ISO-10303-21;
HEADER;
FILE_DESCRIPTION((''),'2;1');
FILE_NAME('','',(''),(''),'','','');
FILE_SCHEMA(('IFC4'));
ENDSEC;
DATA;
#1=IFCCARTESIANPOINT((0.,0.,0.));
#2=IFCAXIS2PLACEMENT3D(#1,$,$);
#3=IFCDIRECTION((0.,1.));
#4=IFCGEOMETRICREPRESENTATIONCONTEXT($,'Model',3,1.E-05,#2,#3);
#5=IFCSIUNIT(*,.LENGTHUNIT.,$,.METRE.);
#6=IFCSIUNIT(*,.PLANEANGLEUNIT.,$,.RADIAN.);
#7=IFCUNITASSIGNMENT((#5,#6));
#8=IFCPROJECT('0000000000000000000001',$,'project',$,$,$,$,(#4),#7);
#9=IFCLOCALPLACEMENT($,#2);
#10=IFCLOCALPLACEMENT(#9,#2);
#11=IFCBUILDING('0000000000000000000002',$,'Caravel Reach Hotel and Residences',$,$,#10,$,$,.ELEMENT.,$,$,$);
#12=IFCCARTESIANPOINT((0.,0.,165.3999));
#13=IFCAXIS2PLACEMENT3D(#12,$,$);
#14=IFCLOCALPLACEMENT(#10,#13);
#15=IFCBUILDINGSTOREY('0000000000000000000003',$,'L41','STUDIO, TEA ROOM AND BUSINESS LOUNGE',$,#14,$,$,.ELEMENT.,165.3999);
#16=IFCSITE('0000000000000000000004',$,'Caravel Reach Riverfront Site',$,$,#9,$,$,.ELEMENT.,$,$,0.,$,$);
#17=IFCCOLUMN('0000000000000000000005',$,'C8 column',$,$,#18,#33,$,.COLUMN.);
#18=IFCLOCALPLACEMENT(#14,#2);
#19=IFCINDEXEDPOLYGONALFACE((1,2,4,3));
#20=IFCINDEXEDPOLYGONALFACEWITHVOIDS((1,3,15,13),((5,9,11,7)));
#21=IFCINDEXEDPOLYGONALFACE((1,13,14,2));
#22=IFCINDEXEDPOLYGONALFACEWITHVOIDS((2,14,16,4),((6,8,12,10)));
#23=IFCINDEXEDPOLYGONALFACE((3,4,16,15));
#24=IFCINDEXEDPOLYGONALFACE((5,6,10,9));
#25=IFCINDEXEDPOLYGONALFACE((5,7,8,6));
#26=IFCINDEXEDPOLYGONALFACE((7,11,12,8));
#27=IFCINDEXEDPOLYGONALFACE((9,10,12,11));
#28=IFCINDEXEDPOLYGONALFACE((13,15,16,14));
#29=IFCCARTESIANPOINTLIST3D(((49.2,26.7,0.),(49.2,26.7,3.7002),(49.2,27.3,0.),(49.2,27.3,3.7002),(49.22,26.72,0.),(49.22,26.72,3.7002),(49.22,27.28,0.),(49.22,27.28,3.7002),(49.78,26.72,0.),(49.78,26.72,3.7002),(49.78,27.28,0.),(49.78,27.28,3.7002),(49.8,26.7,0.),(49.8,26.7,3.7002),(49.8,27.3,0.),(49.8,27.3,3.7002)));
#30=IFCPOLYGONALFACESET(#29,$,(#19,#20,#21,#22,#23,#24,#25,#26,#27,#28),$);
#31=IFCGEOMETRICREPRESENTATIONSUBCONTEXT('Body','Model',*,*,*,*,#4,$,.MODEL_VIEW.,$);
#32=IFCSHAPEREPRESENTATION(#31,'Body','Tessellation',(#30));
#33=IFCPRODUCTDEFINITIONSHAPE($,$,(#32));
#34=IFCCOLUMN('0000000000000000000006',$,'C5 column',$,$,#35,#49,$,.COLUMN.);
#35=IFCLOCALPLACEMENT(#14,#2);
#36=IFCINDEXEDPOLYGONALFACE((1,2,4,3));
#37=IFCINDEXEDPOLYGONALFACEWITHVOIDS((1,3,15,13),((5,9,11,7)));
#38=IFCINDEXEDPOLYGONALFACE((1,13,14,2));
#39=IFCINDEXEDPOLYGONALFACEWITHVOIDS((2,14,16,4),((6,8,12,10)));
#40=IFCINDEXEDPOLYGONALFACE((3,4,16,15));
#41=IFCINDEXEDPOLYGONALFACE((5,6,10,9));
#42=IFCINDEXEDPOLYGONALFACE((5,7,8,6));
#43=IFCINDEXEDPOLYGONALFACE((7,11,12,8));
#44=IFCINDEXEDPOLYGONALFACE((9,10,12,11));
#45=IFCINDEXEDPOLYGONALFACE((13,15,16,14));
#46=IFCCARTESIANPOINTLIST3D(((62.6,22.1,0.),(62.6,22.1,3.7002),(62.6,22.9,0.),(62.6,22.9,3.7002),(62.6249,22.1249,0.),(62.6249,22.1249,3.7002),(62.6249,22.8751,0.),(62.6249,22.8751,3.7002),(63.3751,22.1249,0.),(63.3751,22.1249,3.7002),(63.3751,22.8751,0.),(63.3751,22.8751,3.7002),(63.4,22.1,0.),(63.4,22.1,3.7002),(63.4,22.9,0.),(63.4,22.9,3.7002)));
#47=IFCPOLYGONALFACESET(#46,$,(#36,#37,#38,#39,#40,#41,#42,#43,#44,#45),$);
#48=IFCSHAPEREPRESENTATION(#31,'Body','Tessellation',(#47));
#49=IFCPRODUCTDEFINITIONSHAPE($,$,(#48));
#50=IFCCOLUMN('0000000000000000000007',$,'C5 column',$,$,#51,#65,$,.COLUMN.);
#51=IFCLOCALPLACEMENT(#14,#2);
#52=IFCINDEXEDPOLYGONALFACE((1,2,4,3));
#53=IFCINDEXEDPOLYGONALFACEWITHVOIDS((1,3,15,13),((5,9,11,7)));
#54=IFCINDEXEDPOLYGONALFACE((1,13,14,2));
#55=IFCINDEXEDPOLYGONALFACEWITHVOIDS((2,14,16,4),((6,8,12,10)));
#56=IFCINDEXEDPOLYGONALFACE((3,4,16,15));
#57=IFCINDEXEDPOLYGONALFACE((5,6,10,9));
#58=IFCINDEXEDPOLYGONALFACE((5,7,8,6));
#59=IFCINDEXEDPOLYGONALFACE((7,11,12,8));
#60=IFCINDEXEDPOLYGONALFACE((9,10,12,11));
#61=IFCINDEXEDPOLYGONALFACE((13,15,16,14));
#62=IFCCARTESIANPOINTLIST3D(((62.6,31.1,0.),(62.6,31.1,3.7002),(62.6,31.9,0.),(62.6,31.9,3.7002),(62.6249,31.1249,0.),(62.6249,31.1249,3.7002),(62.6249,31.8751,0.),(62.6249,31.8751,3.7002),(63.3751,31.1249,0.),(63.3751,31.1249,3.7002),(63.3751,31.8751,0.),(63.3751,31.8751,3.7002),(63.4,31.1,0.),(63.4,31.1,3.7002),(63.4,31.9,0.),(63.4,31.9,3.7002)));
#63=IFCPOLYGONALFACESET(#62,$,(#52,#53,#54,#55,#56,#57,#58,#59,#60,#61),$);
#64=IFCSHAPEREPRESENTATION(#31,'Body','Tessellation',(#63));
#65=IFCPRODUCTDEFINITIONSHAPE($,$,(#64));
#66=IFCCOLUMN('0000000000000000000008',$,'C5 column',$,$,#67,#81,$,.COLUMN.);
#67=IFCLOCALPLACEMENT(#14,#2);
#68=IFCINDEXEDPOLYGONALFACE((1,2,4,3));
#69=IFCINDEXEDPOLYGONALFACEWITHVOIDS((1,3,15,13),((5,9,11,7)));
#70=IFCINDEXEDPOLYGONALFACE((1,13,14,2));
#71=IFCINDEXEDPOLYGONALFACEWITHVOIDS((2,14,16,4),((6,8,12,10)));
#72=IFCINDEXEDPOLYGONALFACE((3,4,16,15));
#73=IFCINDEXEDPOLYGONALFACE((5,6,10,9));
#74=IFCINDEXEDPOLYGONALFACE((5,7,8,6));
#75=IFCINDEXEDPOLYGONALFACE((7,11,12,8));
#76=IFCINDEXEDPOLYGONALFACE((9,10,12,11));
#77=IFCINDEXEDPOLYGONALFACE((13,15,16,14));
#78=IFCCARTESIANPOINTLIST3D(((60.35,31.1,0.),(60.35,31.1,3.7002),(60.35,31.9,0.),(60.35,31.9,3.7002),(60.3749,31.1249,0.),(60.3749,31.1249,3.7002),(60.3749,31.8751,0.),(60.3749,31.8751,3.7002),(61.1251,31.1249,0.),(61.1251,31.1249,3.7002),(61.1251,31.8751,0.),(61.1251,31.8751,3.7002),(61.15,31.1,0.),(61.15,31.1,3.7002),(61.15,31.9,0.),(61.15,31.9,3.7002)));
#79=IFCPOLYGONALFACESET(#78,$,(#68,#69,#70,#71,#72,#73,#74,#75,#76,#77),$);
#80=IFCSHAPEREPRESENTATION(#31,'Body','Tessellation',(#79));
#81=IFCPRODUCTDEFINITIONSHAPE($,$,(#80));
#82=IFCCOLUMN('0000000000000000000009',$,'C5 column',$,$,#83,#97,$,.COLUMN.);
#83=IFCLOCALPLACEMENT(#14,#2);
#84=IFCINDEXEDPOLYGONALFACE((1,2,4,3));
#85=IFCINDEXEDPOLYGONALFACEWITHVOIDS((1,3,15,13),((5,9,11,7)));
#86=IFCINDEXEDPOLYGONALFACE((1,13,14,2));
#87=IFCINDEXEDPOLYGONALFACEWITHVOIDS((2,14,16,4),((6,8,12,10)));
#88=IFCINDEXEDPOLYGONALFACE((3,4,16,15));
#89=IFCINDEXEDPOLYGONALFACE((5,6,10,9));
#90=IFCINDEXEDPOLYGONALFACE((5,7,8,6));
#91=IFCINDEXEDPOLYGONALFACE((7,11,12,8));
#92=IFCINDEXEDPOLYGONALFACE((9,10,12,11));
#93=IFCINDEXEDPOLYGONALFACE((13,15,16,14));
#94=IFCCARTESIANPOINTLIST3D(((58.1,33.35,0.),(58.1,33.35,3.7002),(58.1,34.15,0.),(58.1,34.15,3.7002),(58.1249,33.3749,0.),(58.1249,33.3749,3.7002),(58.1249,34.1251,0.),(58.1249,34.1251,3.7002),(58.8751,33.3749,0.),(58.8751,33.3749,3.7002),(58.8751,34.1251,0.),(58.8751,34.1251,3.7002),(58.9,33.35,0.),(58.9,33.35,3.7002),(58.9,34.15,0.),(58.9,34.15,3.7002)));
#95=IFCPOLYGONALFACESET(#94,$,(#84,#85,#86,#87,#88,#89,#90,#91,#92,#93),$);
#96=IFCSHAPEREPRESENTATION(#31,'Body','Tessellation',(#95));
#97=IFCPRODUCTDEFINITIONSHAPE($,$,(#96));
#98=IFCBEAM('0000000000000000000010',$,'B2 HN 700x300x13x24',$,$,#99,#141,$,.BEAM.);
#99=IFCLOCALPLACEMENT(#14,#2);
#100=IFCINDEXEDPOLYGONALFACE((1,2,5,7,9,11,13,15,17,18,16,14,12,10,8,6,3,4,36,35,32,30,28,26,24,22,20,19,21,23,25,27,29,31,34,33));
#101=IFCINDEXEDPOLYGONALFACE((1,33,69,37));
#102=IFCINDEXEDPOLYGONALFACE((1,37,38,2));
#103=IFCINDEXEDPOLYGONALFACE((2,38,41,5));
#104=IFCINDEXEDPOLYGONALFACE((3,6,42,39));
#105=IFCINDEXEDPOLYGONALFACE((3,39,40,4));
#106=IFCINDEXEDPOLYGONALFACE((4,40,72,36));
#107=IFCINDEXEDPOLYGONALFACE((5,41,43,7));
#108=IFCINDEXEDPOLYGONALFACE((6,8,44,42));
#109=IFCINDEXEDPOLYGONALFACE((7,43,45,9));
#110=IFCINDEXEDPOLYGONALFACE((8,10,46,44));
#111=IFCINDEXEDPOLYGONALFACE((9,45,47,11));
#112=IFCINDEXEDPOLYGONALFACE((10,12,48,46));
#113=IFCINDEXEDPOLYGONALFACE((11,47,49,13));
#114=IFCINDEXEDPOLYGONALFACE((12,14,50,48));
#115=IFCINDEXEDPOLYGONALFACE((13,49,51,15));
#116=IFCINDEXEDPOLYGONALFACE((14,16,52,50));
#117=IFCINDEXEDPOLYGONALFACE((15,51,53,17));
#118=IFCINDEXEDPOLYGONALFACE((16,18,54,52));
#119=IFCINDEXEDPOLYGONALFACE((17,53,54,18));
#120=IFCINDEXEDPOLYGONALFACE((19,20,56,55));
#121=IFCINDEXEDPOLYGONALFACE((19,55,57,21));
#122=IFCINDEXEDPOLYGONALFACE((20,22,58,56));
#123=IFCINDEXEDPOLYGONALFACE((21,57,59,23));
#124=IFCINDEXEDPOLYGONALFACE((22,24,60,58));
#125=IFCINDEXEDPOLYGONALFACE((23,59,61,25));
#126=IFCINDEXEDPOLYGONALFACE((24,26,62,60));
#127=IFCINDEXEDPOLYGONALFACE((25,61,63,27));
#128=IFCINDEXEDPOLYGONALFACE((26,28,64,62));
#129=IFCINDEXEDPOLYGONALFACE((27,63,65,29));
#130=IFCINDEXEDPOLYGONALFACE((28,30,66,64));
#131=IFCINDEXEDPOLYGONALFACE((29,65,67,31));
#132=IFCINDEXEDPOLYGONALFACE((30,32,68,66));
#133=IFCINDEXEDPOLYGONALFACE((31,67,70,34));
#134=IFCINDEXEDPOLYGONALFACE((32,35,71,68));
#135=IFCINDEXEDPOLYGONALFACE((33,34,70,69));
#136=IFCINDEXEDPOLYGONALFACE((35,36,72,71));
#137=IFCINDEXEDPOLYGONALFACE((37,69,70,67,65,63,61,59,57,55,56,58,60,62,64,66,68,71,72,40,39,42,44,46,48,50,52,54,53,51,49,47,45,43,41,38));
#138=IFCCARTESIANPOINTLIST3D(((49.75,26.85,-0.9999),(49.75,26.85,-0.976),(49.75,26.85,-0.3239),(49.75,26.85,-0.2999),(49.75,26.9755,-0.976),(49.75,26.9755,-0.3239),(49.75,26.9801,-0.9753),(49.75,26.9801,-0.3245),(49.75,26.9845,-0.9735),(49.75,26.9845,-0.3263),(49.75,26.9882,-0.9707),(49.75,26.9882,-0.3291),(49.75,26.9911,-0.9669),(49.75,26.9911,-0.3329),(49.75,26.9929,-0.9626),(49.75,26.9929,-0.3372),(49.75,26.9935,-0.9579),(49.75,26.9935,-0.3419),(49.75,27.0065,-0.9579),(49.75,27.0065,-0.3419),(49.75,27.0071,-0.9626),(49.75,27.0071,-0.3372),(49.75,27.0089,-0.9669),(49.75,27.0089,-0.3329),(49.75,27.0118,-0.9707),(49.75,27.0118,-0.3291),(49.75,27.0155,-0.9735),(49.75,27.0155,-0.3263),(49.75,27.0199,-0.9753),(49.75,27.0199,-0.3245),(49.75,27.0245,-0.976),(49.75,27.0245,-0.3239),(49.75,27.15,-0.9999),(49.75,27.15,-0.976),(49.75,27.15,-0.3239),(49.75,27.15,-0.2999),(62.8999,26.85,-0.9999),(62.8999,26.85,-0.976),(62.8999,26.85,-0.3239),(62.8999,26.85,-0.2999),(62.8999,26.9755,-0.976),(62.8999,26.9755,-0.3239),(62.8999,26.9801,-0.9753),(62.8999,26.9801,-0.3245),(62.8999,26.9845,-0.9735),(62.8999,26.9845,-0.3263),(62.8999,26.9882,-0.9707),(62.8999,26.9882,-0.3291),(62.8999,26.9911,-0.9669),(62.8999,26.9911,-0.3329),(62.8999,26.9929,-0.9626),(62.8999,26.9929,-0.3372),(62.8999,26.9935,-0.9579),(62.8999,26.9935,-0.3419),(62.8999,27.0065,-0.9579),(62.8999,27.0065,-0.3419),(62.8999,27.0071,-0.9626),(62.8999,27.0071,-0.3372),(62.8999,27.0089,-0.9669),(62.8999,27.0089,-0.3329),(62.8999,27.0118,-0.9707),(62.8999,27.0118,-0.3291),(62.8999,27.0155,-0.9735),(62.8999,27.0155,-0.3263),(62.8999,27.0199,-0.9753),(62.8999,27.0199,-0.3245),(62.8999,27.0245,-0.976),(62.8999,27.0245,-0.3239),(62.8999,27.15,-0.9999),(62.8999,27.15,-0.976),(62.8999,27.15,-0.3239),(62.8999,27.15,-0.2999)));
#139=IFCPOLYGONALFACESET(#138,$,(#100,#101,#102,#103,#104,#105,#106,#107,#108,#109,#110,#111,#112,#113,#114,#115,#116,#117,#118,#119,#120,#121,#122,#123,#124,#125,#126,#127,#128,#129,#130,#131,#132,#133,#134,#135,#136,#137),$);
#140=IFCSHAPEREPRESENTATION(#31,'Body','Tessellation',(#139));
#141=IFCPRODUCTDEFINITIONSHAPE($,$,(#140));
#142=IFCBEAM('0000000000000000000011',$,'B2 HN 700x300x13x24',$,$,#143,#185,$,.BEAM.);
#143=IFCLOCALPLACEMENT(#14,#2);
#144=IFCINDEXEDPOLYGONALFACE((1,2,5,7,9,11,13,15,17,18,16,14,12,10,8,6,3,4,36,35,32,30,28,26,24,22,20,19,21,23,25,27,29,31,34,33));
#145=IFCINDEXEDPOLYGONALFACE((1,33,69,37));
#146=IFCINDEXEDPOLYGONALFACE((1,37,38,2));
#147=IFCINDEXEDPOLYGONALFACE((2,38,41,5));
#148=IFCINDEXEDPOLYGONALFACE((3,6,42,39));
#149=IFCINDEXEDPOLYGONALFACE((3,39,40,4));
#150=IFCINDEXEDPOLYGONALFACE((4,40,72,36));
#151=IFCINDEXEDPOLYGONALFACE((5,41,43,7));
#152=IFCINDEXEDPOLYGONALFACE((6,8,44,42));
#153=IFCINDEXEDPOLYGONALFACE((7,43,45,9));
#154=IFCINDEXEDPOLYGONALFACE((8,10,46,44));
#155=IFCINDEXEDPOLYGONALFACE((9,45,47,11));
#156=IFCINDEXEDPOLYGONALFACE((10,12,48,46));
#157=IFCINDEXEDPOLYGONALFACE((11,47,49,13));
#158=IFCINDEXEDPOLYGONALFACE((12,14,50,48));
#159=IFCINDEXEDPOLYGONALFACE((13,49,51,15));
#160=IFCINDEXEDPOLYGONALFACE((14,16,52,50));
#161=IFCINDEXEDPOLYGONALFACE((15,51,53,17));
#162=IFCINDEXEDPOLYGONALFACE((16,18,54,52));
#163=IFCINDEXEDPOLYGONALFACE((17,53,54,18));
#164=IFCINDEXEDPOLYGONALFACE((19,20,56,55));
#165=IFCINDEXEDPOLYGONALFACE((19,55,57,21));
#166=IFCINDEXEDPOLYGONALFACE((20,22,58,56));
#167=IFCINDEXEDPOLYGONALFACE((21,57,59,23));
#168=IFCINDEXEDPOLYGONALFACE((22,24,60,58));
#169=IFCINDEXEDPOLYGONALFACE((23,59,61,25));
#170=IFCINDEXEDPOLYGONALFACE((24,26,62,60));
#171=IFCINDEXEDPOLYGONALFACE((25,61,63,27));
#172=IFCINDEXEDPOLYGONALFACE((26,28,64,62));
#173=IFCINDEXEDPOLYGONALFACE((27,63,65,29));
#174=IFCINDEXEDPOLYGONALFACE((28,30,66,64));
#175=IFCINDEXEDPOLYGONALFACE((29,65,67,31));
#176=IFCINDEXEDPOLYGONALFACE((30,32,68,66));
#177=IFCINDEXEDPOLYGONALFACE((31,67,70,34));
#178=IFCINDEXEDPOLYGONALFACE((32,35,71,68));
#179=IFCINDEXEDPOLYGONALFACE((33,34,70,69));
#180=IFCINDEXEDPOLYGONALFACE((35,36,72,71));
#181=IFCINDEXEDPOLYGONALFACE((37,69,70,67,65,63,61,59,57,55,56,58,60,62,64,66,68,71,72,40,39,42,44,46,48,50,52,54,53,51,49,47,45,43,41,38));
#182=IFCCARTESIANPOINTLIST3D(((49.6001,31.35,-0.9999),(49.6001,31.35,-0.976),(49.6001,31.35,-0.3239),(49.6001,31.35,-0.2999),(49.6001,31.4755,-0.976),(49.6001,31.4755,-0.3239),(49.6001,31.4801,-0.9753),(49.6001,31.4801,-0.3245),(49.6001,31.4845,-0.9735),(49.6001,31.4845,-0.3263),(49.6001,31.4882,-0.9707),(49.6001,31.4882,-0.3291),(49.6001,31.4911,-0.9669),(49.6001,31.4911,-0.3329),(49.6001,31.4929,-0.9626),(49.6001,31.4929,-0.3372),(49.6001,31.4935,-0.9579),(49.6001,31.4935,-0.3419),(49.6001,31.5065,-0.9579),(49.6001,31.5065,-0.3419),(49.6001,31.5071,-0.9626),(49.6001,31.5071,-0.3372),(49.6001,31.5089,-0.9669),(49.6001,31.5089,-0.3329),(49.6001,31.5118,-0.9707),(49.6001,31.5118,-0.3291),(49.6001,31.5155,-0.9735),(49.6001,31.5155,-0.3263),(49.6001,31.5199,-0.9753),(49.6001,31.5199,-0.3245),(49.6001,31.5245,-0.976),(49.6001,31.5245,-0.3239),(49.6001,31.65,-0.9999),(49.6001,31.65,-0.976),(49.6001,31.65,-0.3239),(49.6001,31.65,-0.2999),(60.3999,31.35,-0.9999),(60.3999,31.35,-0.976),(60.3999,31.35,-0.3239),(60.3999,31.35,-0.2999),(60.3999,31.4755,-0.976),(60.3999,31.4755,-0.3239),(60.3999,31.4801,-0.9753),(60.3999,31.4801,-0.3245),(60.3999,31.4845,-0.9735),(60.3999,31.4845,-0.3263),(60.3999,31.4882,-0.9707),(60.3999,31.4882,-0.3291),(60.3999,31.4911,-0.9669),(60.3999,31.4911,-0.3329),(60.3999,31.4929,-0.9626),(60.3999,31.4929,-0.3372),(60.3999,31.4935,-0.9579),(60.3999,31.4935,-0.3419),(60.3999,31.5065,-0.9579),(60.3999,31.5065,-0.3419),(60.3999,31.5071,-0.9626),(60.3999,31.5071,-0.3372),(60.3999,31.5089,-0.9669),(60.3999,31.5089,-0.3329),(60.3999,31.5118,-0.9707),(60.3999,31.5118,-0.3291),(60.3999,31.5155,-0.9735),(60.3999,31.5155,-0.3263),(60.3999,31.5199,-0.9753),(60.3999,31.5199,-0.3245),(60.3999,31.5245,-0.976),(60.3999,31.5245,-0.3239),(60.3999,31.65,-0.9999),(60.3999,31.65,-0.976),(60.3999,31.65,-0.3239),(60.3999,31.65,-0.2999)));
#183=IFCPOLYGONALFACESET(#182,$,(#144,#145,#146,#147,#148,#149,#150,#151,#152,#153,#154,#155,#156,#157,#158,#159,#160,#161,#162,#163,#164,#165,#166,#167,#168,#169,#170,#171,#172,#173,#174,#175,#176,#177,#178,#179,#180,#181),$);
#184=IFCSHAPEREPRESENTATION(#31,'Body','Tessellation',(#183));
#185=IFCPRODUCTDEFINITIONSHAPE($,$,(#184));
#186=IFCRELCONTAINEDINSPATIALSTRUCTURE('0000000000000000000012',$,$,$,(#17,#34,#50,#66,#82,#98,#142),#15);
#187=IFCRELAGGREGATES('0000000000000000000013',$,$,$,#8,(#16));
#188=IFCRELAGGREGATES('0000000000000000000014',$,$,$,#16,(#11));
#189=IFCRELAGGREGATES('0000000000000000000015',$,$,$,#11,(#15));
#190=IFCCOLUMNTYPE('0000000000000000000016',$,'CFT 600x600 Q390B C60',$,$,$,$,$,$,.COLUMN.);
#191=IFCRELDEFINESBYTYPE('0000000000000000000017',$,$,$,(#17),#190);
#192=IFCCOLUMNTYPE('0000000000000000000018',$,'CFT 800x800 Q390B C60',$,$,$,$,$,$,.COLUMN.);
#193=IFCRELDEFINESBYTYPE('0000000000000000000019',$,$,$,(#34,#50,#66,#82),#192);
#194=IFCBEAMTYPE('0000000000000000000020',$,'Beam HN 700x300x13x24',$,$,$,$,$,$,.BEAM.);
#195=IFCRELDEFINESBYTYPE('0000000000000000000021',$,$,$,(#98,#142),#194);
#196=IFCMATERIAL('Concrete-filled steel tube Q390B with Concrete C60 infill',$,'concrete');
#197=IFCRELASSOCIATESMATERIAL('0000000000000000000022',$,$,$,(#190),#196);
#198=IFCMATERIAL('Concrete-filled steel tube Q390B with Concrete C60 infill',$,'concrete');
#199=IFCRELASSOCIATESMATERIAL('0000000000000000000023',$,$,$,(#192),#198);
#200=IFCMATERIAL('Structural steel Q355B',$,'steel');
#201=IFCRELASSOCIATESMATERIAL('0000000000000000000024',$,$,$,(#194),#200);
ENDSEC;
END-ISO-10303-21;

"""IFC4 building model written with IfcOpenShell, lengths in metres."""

from ifc_helpers import new_model, si_unit, direction, frame, origin, origin_2d, place, context, subcontext, project, spatial, hollow_rectangle, i_section, extrude, material, material_profile, profile_set, type_object, element, save


model = new_model("IFC4")

# Units and contexts
model_context = context("Model", 3, precision=1e-05, world=origin(), true_north=direction((0.0, 1.0)))
body_context = subcontext(model_context, "Body", "Model", "MODEL_VIEW")
ifc_project = project(units=[si_unit("LENGTHUNIT", "METRE"), si_unit("PLANEANGLEUNIT", "RADIAN")], contexts=[model_context])

# Site, building, storey
site_placement = place(None, origin())
site = spatial("IfcSite", under=ifc_project, at=site_placement, Name="Caravel Reach Riverfront Site", CompositionType="ELEMENT", RefElevation=0.0)
building_placement = place(site_placement, origin())
building = spatial("IfcBuilding", under=site, at=building_placement, Name="Caravel Reach Hotel and Residences", CompositionType="ELEMENT")
storey_placement = place(building_placement, frame((0.0, 0.0, 165.3999)))
storey = spatial("IfcBuildingStorey", under=building, at=storey_placement, Name="L41", Description="STUDIO, TEA ROOM AND BUSINESS LOUNGE", CompositionType="ELEMENT", Elevation=165.3999)

# Columns
ifc_material_1 = material(Name="Concrete-filled steel tube Q390B with Concrete C60 infill", Category="concrete")
ifc_material_profile_1 = material_profile(ifc_material_1, hollow_rectangle(XDim=0.6001, YDim=0.6001, WallThickness=0.02, at=origin_2d()), Name="RHS 600x600x20")
ifc_profile_set_1 = profile_set([ifc_material_profile_1], Name="Concrete-filled steel tube Q390B with Concrete C60 infill")
column_type_1 = type_object("IfcColumnType", Name="CFT 600x600 Q390B C60", PredefinedType="COLUMN", material=ifc_profile_set_1)
column_placement = place(storey_placement, frame((49.5, 27.0, 0.0), z_axis=(0.0, 0.0, 1.0), x_axis=(1.0, 0.0, 0.0)))
element("IfcColumn", 1, at=column_placement, inside=storey, type_object=column_type_1, Name="C8 column", PredefinedType="COLUMN", context=body_context, shape_type="SweptSolid", body=[
    extrude(hollow_rectangle(XDim=0.6001, YDim=0.6001, WallThickness=0.02, at=origin_2d()), origin(), (0.0, 0.0, 1.0), 3.7002),
])
ifc_material_2 = material(Name="Concrete-filled steel tube Q390B with Concrete C60 infill", Category="concrete")
ifc_material_profile_2 = material_profile(ifc_material_2, hollow_rectangle(XDim=0.8, YDim=0.8, WallThickness=0.0249, at=origin_2d()), Name="RHS 800x800x25")
ifc_profile_set_2 = profile_set([ifc_material_profile_2], Name="Concrete-filled steel tube Q390B with Concrete C60 infill")
column_type_2 = type_object("IfcColumnType", Name="CFT 800x800 Q390B C60", PredefinedType="COLUMN", material=ifc_profile_set_2)
for number, where, z_axis, x_axis, name in (
    (2, (63.0, 22.5, 0.0), (0.0, 0.0, 1.0), (1.0, 0.0, 0.0), "C5 column"),
    (3, (63.0, 31.5, 0.0), (0.0, 0.0, 1.0), (1.0, 0.0, 0.0), "C5 column"),
    (4, (60.75, 31.5, 0.0), (0.0, 0.0, 1.0), (1.0, 0.0, 0.0), "C5 column"),
    (5, (58.5, 33.75, 0.0), (0.0, 0.0, 1.0), (1.0, 0.0, 0.0), "C5 column"),
):
    element("IfcColumn", number, at=place(storey_placement, frame(where, z_axis=z_axis, x_axis=x_axis)), inside=storey, type_object=column_type_2, Name=name, PredefinedType="COLUMN", context=body_context, shape_type="SweptSolid", body=[
        extrude(hollow_rectangle(XDim=0.8, YDim=0.8, WallThickness=0.0249, at=origin_2d()), origin(), (0.0, 0.0, 1.0), 3.7002),
    ])

# Beams
ifc_material_3 = material(Name="Structural steel Q355B", Category="steel")
ifc_material_profile_3 = material_profile(ifc_material_3, i_section(OverallWidth=0.3, OverallDepth=0.7, WebThickness=0.0129, FlangeThickness=0.0239, FilletRadius=0.0181, at=origin_2d()), Name="HN 700x300x13x24")
ifc_profile_set_3 = profile_set([ifc_material_profile_3], Name="Structural steel Q355B")
beam_type_1 = type_object("IfcBeamType", Name="Beam HN 700x300x13x24", PredefinedType="BEAM", material=ifc_profile_set_3)
beam_1_placement = place(storey_placement, frame((49.75, 27.0, -0.6499), z_axis=(1.0, 0.0, 0.0), x_axis=(0.0, 1.0, 0.0)))
element("IfcBeam", 6, at=beam_1_placement, inside=storey, type_object=beam_type_1, Name="B2 HN 700x300x13x24", PredefinedType="BEAM", context=body_context, shape_type="SweptSolid", body=[
    extrude(i_section(OverallWidth=0.3, OverallDepth=0.7, WebThickness=0.0129, FlangeThickness=0.0239, FilletRadius=0.0181, at=origin_2d()), origin(), (0.0, 0.0, 1.0), 13.1499),
])
beam_2_placement = place(storey_placement, frame((49.6001, 31.5, -0.6499), z_axis=(1.0, 0.0, 0.0), x_axis=(0.0, 1.0, 0.0)))
element("IfcBeam", 7, at=beam_2_placement, inside=storey, type_object=beam_type_1, Name="B2 HN 700x300x13x24", PredefinedType="BEAM", context=body_context, shape_type="SweptSolid", body=[
    extrude(i_section(OverallWidth=0.3, OverallDepth=0.7, WebThickness=0.0129, FlangeThickness=0.0239, FilletRadius=0.0181, at=origin_2d()), origin(), (0.0, 0.0, 1.0), 10.7998),
])

save(model, "model.ifc")
